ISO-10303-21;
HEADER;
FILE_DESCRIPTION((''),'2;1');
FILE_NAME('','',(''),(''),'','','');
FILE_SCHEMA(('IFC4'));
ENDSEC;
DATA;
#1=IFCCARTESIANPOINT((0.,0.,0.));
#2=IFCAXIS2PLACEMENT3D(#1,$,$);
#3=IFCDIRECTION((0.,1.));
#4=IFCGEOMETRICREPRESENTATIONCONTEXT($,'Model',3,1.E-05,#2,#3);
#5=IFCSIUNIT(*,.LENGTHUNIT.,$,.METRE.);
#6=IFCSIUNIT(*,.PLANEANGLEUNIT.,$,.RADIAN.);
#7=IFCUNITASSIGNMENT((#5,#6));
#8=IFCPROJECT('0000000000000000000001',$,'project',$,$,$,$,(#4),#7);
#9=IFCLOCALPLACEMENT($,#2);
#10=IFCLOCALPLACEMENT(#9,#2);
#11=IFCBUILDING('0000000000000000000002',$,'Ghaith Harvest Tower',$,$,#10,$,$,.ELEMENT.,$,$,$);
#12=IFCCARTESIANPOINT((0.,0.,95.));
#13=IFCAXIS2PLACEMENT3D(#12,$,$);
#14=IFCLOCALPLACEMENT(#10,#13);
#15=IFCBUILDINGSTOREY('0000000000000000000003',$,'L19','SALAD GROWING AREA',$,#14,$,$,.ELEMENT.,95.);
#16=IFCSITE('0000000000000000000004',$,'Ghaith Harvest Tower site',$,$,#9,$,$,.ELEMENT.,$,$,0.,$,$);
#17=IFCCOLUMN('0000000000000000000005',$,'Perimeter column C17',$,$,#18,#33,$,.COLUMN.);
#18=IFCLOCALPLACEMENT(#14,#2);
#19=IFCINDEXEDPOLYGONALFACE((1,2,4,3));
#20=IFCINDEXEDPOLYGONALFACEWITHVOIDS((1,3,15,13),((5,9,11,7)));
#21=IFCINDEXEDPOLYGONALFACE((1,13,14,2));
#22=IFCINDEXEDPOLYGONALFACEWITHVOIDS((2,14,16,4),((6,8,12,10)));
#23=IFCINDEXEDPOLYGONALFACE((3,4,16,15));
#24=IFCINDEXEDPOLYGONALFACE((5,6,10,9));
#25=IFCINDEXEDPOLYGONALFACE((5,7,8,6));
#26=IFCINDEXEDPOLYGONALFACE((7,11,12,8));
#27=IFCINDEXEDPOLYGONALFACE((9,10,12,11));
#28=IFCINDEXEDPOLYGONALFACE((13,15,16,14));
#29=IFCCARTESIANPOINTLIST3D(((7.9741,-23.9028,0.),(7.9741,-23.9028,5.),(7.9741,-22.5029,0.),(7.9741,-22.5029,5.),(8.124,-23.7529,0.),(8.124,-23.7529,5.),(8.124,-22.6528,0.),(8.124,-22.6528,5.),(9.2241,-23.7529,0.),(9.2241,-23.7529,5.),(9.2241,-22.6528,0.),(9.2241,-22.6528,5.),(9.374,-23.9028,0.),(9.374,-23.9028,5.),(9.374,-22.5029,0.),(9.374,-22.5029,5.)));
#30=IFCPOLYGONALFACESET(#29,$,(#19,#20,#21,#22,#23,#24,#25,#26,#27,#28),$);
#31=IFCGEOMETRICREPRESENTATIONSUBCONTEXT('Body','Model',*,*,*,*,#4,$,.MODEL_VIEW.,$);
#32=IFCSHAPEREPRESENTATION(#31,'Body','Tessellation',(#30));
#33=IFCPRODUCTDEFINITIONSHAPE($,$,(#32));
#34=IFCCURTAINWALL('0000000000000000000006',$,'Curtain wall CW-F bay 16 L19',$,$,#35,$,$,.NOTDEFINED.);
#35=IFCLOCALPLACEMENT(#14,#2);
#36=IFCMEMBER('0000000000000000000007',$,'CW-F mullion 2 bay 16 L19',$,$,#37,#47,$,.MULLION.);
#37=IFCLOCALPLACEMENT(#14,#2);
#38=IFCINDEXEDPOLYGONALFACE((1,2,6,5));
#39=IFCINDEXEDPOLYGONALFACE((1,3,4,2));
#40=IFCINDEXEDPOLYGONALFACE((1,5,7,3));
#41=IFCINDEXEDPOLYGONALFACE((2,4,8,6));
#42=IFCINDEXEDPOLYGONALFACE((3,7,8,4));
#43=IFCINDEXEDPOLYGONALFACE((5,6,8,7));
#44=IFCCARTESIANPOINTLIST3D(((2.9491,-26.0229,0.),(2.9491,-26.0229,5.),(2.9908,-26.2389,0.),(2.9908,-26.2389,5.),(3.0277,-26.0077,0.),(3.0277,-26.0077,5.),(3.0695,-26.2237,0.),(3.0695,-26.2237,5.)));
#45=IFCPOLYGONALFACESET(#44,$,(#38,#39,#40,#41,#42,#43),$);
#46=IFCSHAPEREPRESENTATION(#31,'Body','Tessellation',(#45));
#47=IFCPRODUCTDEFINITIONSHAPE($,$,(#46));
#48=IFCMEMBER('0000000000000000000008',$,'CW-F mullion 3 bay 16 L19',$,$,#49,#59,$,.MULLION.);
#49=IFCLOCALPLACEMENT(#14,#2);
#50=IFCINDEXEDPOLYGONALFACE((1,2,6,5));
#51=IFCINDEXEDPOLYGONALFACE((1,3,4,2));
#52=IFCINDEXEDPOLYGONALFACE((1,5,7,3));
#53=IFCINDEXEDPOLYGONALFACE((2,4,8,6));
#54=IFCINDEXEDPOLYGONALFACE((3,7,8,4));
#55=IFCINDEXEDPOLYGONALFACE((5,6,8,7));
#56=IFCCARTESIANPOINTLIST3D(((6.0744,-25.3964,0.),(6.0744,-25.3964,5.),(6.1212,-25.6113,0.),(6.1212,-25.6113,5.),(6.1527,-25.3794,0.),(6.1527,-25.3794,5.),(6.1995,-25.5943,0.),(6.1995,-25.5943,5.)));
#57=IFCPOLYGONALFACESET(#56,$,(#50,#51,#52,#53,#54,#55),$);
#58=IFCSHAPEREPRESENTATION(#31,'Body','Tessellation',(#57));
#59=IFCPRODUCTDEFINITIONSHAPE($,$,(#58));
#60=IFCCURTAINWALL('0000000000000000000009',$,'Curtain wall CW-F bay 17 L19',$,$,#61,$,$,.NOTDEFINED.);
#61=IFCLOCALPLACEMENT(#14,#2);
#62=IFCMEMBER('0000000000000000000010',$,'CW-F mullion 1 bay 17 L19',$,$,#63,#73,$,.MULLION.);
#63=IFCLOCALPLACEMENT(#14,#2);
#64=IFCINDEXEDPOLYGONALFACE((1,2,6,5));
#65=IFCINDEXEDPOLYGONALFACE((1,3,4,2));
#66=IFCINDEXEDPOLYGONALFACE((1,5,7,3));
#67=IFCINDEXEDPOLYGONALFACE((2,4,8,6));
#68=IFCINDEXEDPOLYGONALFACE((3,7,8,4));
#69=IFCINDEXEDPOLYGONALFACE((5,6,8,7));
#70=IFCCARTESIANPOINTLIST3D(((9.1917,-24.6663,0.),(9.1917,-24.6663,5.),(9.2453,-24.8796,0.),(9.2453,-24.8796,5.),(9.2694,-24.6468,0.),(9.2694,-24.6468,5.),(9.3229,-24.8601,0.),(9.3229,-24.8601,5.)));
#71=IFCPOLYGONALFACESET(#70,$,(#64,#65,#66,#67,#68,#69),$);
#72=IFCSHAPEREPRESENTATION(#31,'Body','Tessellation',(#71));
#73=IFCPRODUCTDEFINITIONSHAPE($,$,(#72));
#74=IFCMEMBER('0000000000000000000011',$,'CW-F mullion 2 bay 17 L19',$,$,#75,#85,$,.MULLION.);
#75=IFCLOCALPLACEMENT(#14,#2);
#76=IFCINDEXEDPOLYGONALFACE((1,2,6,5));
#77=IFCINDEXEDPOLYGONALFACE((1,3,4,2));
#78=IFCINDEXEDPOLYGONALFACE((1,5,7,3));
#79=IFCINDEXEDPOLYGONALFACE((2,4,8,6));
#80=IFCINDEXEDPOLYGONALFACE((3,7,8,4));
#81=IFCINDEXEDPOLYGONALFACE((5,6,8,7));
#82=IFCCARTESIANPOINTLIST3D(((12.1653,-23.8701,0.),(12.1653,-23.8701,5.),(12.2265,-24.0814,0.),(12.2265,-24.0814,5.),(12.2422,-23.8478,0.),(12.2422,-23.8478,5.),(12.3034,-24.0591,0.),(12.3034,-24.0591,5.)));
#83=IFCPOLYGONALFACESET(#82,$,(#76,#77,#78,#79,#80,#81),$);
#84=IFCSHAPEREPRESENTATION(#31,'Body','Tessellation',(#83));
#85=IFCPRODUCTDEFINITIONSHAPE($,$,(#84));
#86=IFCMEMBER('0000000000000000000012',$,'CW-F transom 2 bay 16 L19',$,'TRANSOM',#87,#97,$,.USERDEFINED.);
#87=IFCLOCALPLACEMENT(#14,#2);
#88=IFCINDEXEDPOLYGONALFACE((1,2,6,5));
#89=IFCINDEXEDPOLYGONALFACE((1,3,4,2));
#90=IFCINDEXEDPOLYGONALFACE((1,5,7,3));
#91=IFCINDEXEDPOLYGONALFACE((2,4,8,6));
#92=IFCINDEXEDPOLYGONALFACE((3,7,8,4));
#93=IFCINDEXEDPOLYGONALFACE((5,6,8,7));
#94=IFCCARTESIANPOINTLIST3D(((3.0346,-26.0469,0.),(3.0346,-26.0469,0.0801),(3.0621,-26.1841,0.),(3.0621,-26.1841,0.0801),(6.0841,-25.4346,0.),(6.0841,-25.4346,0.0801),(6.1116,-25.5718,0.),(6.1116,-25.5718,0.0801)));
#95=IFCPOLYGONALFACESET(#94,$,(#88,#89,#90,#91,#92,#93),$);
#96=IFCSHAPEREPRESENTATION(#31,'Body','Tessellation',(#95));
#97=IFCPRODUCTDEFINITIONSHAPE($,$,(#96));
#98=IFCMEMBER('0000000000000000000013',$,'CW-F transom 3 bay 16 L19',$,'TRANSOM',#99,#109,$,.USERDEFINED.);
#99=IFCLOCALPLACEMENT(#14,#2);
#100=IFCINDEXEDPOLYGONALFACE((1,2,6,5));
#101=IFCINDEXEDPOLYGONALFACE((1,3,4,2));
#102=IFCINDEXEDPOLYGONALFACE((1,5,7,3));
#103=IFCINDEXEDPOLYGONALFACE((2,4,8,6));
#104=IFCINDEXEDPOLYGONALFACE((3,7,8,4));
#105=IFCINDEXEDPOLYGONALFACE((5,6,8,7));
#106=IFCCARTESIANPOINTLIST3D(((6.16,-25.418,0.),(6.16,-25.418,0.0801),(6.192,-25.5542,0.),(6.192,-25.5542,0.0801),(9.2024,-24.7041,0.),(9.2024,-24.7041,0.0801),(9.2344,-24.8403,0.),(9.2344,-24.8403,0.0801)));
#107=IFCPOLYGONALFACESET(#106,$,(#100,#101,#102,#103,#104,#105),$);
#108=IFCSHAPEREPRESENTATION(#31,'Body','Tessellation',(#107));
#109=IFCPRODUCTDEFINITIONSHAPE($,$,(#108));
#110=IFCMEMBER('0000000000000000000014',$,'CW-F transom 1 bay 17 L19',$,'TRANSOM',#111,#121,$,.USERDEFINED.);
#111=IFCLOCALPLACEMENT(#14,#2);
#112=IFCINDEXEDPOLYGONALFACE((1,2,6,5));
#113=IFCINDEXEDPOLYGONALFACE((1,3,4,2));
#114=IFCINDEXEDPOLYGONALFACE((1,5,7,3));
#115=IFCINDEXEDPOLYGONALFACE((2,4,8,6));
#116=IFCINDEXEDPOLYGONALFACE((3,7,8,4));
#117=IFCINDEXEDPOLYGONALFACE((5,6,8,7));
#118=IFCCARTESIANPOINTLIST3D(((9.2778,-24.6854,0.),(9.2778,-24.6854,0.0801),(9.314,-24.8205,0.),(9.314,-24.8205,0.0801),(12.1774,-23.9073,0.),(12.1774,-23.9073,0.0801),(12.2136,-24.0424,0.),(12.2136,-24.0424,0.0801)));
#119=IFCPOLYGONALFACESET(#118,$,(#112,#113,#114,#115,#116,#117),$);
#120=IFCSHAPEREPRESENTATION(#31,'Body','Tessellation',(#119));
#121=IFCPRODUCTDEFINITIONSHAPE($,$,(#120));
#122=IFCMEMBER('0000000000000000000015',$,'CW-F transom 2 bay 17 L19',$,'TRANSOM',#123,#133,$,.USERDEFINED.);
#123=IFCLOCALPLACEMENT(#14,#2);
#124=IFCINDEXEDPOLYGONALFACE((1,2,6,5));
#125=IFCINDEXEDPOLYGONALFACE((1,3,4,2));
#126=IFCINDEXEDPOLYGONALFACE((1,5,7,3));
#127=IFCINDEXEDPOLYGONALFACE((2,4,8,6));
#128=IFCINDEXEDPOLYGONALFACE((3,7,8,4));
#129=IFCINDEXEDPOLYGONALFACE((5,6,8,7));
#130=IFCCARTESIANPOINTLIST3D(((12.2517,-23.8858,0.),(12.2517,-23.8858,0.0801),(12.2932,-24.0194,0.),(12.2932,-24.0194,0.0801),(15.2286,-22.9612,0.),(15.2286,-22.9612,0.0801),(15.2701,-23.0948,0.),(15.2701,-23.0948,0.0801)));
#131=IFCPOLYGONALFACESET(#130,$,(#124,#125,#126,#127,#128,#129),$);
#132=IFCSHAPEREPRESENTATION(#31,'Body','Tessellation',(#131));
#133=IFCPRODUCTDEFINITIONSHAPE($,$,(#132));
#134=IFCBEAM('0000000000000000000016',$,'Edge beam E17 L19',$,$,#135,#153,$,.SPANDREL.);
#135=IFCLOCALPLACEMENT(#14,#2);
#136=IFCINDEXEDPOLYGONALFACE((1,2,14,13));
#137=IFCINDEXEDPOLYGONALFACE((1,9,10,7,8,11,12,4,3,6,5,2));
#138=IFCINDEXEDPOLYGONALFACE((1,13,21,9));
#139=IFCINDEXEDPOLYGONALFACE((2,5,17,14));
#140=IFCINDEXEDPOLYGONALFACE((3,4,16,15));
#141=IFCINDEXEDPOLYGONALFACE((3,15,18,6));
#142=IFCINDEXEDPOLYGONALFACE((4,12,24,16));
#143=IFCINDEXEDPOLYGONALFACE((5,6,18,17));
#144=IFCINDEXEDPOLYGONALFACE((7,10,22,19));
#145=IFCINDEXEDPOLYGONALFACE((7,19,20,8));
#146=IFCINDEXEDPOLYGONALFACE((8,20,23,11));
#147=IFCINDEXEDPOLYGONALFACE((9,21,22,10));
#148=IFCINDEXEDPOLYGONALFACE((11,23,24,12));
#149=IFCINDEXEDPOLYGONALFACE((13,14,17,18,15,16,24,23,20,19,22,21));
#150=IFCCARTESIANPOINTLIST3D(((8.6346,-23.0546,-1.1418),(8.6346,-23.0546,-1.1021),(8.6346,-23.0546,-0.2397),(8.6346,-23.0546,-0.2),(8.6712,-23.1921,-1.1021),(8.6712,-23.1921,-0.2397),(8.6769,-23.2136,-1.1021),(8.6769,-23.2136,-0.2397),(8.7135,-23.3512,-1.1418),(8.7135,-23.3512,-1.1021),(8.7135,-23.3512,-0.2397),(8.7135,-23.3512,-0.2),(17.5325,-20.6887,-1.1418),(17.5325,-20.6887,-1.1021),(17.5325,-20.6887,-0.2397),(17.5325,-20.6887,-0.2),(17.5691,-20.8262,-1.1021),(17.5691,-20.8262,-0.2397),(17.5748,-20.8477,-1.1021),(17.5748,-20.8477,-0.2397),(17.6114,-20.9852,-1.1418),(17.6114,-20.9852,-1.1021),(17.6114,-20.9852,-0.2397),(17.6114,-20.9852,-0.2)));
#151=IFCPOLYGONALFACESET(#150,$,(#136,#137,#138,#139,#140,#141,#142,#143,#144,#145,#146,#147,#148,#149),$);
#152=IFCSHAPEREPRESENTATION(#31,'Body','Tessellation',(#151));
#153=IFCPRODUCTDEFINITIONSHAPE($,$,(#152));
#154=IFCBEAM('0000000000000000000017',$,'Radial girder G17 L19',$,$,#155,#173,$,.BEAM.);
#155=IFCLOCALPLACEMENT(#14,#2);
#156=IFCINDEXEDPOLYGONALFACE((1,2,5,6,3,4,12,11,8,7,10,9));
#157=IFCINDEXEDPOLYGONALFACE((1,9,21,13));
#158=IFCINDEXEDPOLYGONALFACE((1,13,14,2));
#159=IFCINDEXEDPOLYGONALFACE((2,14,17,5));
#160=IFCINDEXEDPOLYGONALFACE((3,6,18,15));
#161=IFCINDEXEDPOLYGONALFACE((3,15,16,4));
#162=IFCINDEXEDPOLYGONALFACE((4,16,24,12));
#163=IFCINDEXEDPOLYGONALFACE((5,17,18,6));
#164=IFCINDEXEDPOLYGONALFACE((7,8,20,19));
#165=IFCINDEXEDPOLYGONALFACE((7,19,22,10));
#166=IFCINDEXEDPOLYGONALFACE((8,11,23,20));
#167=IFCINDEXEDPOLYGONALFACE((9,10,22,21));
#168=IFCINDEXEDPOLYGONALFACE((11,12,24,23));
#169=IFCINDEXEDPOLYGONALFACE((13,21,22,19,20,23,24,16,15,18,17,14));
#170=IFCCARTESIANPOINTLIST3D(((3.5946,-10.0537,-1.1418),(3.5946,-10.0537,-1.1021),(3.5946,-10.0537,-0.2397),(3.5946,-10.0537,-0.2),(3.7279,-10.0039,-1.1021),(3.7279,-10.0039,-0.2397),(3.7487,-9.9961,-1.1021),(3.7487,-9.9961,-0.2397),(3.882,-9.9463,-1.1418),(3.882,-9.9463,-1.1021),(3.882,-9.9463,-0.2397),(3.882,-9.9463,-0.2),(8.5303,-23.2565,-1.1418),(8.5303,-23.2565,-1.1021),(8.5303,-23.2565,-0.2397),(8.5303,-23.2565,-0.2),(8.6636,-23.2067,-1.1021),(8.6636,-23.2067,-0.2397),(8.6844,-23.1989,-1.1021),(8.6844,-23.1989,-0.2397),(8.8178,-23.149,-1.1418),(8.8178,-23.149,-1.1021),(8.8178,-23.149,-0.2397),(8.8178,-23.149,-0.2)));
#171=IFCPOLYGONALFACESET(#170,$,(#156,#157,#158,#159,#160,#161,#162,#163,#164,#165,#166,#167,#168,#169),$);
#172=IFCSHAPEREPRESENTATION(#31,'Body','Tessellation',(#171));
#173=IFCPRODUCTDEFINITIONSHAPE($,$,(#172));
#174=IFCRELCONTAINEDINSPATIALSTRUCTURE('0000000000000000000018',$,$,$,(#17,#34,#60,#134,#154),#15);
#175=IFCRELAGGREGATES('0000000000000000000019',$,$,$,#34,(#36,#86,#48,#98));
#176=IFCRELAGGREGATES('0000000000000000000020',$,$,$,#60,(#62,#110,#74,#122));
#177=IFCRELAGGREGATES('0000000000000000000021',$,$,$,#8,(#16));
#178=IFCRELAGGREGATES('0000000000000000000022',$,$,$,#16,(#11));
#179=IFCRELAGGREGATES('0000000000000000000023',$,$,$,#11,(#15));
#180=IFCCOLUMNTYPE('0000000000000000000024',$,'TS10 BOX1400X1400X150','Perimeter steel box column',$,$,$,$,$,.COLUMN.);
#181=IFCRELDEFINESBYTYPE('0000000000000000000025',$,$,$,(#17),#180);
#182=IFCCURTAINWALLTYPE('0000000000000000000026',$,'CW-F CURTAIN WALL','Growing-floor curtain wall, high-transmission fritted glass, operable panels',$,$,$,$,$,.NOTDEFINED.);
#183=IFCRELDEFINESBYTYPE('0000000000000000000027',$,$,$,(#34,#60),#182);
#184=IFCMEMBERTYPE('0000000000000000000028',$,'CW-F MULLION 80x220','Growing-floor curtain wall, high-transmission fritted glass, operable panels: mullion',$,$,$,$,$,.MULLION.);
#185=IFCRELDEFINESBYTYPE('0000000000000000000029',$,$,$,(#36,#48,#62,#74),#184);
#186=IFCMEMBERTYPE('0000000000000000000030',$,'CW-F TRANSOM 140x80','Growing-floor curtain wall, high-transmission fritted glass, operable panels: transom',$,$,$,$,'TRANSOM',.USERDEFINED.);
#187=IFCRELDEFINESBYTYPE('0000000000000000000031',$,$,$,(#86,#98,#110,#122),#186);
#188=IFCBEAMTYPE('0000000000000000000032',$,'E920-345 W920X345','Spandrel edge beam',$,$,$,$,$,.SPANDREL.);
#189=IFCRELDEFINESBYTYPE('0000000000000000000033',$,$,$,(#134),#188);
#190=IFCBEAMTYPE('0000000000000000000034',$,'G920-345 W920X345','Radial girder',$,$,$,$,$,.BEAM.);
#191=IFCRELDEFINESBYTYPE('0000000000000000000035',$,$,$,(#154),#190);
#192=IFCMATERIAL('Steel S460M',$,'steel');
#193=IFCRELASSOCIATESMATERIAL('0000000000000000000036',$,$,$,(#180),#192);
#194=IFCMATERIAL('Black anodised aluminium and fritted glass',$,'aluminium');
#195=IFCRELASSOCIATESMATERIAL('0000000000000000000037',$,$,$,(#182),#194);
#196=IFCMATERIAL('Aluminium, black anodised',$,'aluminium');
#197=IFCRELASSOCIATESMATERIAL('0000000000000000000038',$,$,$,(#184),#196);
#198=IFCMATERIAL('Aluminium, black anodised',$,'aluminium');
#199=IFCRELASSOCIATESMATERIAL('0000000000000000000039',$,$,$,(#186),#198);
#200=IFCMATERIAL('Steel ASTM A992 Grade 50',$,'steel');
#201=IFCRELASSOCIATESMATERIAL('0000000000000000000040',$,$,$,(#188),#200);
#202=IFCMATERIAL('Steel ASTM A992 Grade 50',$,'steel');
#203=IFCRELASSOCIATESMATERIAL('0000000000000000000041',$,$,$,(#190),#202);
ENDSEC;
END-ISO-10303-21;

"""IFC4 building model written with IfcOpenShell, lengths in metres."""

from ifc_helpers import new_model, si_unit, direction, frame, origin, origin_2d, place, context, subcontext, project, spatial, rectangle, hollow_rectangle, i_section, extrude, material, material_profile, profile_set, type_object, element, aggregate, save


model = new_model("IFC4")

# Units and contexts
model_context = context("Model", 3, precision=1e-05, world=origin(), true_north=direction((0.0, 1.0)))
body_context = subcontext(model_context, "Body", "Model", "MODEL_VIEW")
ifc_project = project(units=[si_unit("LENGTHUNIT", "METRE"), si_unit("PLANEANGLEUNIT", "RADIAN")], contexts=[model_context])

# Site, building, storey
site_placement = place(None, origin())
site = spatial("IfcSite", under=ifc_project, at=site_placement, Name="Ghaith Harvest Tower site", CompositionType="ELEMENT", RefElevation=0.0)
building_placement = place(site_placement, origin())
building = spatial("IfcBuilding", under=site, at=building_placement, Name="Ghaith Harvest Tower", CompositionType="ELEMENT")
storey_placement = place(building_placement, frame((0.0, 0.0, 95.0)))
storey = spatial("IfcBuildingStorey", under=building, at=storey_placement, Name="L19", Description="SALAD GROWING AREA", CompositionType="ELEMENT", Elevation=95.0)

# Column
ifc_material_1 = material(Name="Steel S460M", Category="steel")
ifc_material_profile_1 = material_profile(ifc_material_1, hollow_rectangle(XDim=1.3999, YDim=1.3999, WallThickness=0.1499, at=origin_2d()), Name="BOX1400X1400X150")
ifc_profile_set_1 = profile_set([ifc_material_profile_1], Name="Steel S460M")
column_type = type_object("IfcColumnType", Name="TS10 BOX1400X1400X150", Description="Perimeter steel box column", PredefinedType="COLUMN", material=ifc_profile_set_1)
column_placement = place(storey_placement, frame((8.6741, -23.2029, 0.0), z_axis=(0.0, 0.0, 1.0), x_axis=(1.0, 0.0, 0.0)))
element("IfcColumn", 1, at=column_placement, inside=storey, type_object=column_type, Name="Perimeter column C17", PredefinedType="COLUMN", context=body_context, shape_type="SweptSolid", body=[
    extrude(hollow_rectangle(XDim=1.3999, YDim=1.3999, WallThickness=0.1499, at=origin_2d()), origin(), (0.0, 0.0, 1.0), 5.0),
])

# Curtain walls, members
ifc_material_2 = material(Name="Black anodised aluminium and fritted glass", Category="aluminium")
curtain_wall_type = type_object("IfcCurtainWallType", Name="CW-F CURTAIN WALL", Description="Growing-floor curtain wall, high-transmission fritted glass, operable panels", PredefinedType="NOTDEFINED", material=ifc_material_2)
curtain_wall_1_placement = place(storey_placement, origin())
curtain_wall_1 = element("IfcCurtainWall", 2, at=curtain_wall_1_placement, inside=storey, type_object=curtain_wall_type, Name="Curtain wall CW-F bay 16 L19", PredefinedType="NOTDEFINED")
ifc_material_3 = material(Name="Aluminium, black anodised", Category="aluminium")
ifc_material_profile_2 = material_profile(ifc_material_3, rectangle(XDim=0.0801, YDim=0.22, at=origin_2d()), Name="CW-F MULLION 80x220")
ifc_profile_set_2 = profile_set([ifc_material_profile_2], Name="Aluminium, black anodised")
member_type_1 = type_object("IfcMemberType", Name="CW-F MULLION 80x220", Description="Growing-floor curtain wall, high-transmission fritted glass, operable panels: mullion", PredefinedType="MULLION", material=ifc_profile_set_2)
member_1_placement = place(storey_placement, frame((3.0093, -26.1233, 0.0), z_axis=(0.0, 0.0, 1.0), x_axis=(0.981818, 0.189822, 0.0)))
member_1 = element("IfcMember", 3, at=member_1_placement, type_object=member_type_1, Name="CW-F mullion 2 bay 16 L19", PredefinedType="MULLION", context=body_context, shape_type="SweptSolid", body=[
    extrude(rectangle(XDim=0.0801, YDim=0.22, at=origin_2d()), origin(), (0.0, 0.0, 1.0), 5.0),
])
member_2_placement = place(storey_placement, frame((6.137, -25.4954, 0.0), z_axis=(0.0, 0.0, 1.0), x_axis=(0.977118, 0.212698, 0.0)))
member_2 = element("IfcMember", 4, at=member_2_placement, type_object=member_type_1, Name="CW-F mullion 3 bay 16 L19", PredefinedType="MULLION", context=body_context, shape_type="SweptSolid", body=[
    extrude(rectangle(XDim=0.0801, YDim=0.22, at=origin_2d()), origin(), (0.0, 0.0, 1.0), 5.0),
])
curtain_wall_2_placement = place(storey_placement, origin())
curtain_wall_2 = element("IfcCurtainWall", 5, at=curtain_wall_2_placement, inside=storey, type_object=curtain_wall_type, Name="Curtain wall CW-F bay 17 L19", PredefinedType="NOTDEFINED")
member_3_placement = place(storey_placement, frame((9.2573, -24.7632, 0.0), z_axis=(0.0, 0.0, 1.0), x_axis=(0.969903, 0.24349, 0.0)))
member_3 = element("IfcMember", 6, at=member_3_placement, type_object=member_type_1, Name="CW-F mullion 1 bay 17 L19", PredefinedType="MULLION", context=body_context, shape_type="SweptSolid", body=[
    extrude(rectangle(XDim=0.0801, YDim=0.22, at=origin_2d()), origin(), (0.0, 0.0, 1.0), 5.0),
])
member_4_placement = place(storey_placement, frame((12.2344, -23.9646, 0.0), z_axis=(0.0, 0.0, 1.0), x_axis=(0.960502, 0.278272, 0.0)))
member_4 = element("IfcMember", 7, at=member_4_placement, type_object=member_type_1, Name="CW-F mullion 2 bay 17 L19", PredefinedType="MULLION", context=body_context, shape_type="SweptSolid", body=[
    extrude(rectangle(XDim=0.0801, YDim=0.22, at=origin_2d()), origin(), (0.0, 0.0, 1.0), 5.0),
])

# Members
ifc_material_4 = material(Name="Aluminium, black anodised", Category="aluminium")
ifc_material_profile_3 = material_profile(ifc_material_4, rectangle(XDim=0.1399, YDim=0.0801, at=origin_2d()), Name="CW-F TRANSOM 140x80")
ifc_profile_set_3 = profile_set([ifc_material_profile_3], Name="Aluminium, black anodised")
member_type_2 = type_object("IfcMemberType", Name="CW-F TRANSOM 140x80", Description="Growing-floor curtain wall, high-transmission fritted glass, operable panels: transom", ElementType="TRANSOM", PredefinedType="USERDEFINED", material=ifc_profile_set_3)
member_5_placement = place(storey_placement, frame((3.0483, -26.1155, 0.04), z_axis=(0.980432, 0.196856, 0.0), x_axis=(-0.196856, 0.980432, 0.0)))
member_5 = element("IfcMember", 8, at=member_5_placement, type_object=member_type_2, Name="CW-F transom 2 bay 16 L19", ObjectType="TRANSOM", PredefinedType="USERDEFINED", context=body_context, shape_type="SweptSolid", body=[
    extrude(rectangle(XDim=0.1399, YDim=0.0801, at=origin_2d()), origin(), (0.0, 0.0, 1.0), 3.1104),
])
member_6_placement = place(storey_placement, frame((6.176, -25.4861, 0.04), z_axis=(0.97356, 0.22843, 0.0), x_axis=(-0.22843, 0.97356, 0.0)))
member_6 = element("IfcMember", 9, at=member_6_placement, type_object=member_type_2, Name="CW-F transom 3 bay 16 L19", ObjectType="TRANSOM", PredefinedType="USERDEFINED", context=body_context, shape_type="SweptSolid", body=[
    extrude(rectangle(XDim=0.1399, YDim=0.0801, at=origin_2d()), origin(), (0.0, 0.0, 1.0), 3.125),
])
member_7_placement = place(storey_placement, frame((9.2959, -24.7529, 0.04), z_axis=(0.965833, 0.259166, 0.0), x_axis=(-0.259166, 0.965833, 0.0)))
member_7 = element("IfcMember", 10, at=member_7_placement, type_object=member_type_2, Name="CW-F transom 1 bay 17 L19", ObjectType="TRANSOM", PredefinedType="USERDEFINED", context=body_context, shape_type="SweptSolid", body=[
    extrude(rectangle(XDim=0.1399, YDim=0.0801, at=origin_2d()), origin(), (0.0, 0.0, 1.0), 3.0022),
])
member_8_placement = place(storey_placement, frame((12.2725, -23.9526, 0.04), z_axis=(0.954998, 0.296611, 0.0), x_axis=(-0.296611, 0.954998, 0.0)))
member_8 = element("IfcMember", 11, at=member_8_placement, type_object=member_type_2, Name="CW-F transom 2 bay 17 L19", ObjectType="TRANSOM", PredefinedType="USERDEFINED", context=body_context, shape_type="SweptSolid", body=[
    extrude(rectangle(XDim=0.1399, YDim=0.0801, at=origin_2d()), origin(), (0.0, 0.0, 1.0), 3.1172),
])

# Beams
ifc_material_5 = material(Name="Steel ASTM A992 Grade 50", Category="steel")
ifc_material_profile_4 = material_profile(ifc_material_5, i_section(OverallWidth=0.3069, OverallDepth=0.9419, WebThickness=0.0222, FlangeThickness=0.0398, at=origin_2d()), Name="W920X345")
ifc_profile_set_4 = profile_set([ifc_material_profile_4], Name="Steel ASTM A992 Grade 50")
beam_type_1 = type_object("IfcBeamType", Name="E920-345 W920X345", Description="Spandrel edge beam", PredefinedType="SPANDREL", material=ifc_profile_set_4)
beam_1_placement = place(storey_placement, frame((8.6741, -23.2029, -0.6709), z_axis=(0.966419, 0.256971, 0.0), x_axis=(-0.256971, 0.966419, 0.0)))
element("IfcBeam", 12, at=beam_1_placement, inside=storey, type_object=beam_type_1, Name="Edge beam E17 L19", PredefinedType="SPANDREL", context=body_context, shape_type="SweptSolid", body=[
    extrude(i_section(OverallWidth=0.3069, OverallDepth=0.9419, WebThickness=0.0222, FlangeThickness=0.0398, at=origin_2d()), origin(), (0.0, 0.0, 1.0), 9.207),
])
ifc_material_6 = material(Name="Steel ASTM A992 Grade 50", Category="steel")
ifc_material_profile_5 = material_profile(ifc_material_6, i_section(OverallWidth=0.3069, OverallDepth=0.9419, WebThickness=0.0222, FlangeThickness=0.0398, at=origin_2d()), Name="W920X345")
ifc_profile_set_5 = profile_set([ifc_material_profile_5], Name="Steel ASTM A992 Grade 50")
beam_type_2 = type_object("IfcBeamType", Name="G920-345 W920X345", Description="Radial girder", PredefinedType="BEAM", material=ifc_profile_set_5)
beam_2_placement = place(storey_placement, frame((3.7383, -10.0, -0.6709), z_axis=(0.350172, -0.936685, 0.0), x_axis=(0.936685, 0.350172, 0.0)))
element("IfcBeam", 13, at=beam_2_placement, inside=storey, type_object=beam_type_2, Name="Radial girder G17 L19", PredefinedType="BEAM", context=body_context, shape_type="SweptSolid", body=[
    extrude(i_section(OverallWidth=0.3069, OverallDepth=0.9419, WebThickness=0.0222, FlangeThickness=0.0398, at=origin_2d()), origin(), (0.0, 0.0, 1.0), 14.0952),
])

aggregate(curtain_wall_1, [member_1, member_5, member_2, member_6])
aggregate(curtain_wall_2, [member_3, member_7, member_4, member_8])

save(model, "model.ifc")
